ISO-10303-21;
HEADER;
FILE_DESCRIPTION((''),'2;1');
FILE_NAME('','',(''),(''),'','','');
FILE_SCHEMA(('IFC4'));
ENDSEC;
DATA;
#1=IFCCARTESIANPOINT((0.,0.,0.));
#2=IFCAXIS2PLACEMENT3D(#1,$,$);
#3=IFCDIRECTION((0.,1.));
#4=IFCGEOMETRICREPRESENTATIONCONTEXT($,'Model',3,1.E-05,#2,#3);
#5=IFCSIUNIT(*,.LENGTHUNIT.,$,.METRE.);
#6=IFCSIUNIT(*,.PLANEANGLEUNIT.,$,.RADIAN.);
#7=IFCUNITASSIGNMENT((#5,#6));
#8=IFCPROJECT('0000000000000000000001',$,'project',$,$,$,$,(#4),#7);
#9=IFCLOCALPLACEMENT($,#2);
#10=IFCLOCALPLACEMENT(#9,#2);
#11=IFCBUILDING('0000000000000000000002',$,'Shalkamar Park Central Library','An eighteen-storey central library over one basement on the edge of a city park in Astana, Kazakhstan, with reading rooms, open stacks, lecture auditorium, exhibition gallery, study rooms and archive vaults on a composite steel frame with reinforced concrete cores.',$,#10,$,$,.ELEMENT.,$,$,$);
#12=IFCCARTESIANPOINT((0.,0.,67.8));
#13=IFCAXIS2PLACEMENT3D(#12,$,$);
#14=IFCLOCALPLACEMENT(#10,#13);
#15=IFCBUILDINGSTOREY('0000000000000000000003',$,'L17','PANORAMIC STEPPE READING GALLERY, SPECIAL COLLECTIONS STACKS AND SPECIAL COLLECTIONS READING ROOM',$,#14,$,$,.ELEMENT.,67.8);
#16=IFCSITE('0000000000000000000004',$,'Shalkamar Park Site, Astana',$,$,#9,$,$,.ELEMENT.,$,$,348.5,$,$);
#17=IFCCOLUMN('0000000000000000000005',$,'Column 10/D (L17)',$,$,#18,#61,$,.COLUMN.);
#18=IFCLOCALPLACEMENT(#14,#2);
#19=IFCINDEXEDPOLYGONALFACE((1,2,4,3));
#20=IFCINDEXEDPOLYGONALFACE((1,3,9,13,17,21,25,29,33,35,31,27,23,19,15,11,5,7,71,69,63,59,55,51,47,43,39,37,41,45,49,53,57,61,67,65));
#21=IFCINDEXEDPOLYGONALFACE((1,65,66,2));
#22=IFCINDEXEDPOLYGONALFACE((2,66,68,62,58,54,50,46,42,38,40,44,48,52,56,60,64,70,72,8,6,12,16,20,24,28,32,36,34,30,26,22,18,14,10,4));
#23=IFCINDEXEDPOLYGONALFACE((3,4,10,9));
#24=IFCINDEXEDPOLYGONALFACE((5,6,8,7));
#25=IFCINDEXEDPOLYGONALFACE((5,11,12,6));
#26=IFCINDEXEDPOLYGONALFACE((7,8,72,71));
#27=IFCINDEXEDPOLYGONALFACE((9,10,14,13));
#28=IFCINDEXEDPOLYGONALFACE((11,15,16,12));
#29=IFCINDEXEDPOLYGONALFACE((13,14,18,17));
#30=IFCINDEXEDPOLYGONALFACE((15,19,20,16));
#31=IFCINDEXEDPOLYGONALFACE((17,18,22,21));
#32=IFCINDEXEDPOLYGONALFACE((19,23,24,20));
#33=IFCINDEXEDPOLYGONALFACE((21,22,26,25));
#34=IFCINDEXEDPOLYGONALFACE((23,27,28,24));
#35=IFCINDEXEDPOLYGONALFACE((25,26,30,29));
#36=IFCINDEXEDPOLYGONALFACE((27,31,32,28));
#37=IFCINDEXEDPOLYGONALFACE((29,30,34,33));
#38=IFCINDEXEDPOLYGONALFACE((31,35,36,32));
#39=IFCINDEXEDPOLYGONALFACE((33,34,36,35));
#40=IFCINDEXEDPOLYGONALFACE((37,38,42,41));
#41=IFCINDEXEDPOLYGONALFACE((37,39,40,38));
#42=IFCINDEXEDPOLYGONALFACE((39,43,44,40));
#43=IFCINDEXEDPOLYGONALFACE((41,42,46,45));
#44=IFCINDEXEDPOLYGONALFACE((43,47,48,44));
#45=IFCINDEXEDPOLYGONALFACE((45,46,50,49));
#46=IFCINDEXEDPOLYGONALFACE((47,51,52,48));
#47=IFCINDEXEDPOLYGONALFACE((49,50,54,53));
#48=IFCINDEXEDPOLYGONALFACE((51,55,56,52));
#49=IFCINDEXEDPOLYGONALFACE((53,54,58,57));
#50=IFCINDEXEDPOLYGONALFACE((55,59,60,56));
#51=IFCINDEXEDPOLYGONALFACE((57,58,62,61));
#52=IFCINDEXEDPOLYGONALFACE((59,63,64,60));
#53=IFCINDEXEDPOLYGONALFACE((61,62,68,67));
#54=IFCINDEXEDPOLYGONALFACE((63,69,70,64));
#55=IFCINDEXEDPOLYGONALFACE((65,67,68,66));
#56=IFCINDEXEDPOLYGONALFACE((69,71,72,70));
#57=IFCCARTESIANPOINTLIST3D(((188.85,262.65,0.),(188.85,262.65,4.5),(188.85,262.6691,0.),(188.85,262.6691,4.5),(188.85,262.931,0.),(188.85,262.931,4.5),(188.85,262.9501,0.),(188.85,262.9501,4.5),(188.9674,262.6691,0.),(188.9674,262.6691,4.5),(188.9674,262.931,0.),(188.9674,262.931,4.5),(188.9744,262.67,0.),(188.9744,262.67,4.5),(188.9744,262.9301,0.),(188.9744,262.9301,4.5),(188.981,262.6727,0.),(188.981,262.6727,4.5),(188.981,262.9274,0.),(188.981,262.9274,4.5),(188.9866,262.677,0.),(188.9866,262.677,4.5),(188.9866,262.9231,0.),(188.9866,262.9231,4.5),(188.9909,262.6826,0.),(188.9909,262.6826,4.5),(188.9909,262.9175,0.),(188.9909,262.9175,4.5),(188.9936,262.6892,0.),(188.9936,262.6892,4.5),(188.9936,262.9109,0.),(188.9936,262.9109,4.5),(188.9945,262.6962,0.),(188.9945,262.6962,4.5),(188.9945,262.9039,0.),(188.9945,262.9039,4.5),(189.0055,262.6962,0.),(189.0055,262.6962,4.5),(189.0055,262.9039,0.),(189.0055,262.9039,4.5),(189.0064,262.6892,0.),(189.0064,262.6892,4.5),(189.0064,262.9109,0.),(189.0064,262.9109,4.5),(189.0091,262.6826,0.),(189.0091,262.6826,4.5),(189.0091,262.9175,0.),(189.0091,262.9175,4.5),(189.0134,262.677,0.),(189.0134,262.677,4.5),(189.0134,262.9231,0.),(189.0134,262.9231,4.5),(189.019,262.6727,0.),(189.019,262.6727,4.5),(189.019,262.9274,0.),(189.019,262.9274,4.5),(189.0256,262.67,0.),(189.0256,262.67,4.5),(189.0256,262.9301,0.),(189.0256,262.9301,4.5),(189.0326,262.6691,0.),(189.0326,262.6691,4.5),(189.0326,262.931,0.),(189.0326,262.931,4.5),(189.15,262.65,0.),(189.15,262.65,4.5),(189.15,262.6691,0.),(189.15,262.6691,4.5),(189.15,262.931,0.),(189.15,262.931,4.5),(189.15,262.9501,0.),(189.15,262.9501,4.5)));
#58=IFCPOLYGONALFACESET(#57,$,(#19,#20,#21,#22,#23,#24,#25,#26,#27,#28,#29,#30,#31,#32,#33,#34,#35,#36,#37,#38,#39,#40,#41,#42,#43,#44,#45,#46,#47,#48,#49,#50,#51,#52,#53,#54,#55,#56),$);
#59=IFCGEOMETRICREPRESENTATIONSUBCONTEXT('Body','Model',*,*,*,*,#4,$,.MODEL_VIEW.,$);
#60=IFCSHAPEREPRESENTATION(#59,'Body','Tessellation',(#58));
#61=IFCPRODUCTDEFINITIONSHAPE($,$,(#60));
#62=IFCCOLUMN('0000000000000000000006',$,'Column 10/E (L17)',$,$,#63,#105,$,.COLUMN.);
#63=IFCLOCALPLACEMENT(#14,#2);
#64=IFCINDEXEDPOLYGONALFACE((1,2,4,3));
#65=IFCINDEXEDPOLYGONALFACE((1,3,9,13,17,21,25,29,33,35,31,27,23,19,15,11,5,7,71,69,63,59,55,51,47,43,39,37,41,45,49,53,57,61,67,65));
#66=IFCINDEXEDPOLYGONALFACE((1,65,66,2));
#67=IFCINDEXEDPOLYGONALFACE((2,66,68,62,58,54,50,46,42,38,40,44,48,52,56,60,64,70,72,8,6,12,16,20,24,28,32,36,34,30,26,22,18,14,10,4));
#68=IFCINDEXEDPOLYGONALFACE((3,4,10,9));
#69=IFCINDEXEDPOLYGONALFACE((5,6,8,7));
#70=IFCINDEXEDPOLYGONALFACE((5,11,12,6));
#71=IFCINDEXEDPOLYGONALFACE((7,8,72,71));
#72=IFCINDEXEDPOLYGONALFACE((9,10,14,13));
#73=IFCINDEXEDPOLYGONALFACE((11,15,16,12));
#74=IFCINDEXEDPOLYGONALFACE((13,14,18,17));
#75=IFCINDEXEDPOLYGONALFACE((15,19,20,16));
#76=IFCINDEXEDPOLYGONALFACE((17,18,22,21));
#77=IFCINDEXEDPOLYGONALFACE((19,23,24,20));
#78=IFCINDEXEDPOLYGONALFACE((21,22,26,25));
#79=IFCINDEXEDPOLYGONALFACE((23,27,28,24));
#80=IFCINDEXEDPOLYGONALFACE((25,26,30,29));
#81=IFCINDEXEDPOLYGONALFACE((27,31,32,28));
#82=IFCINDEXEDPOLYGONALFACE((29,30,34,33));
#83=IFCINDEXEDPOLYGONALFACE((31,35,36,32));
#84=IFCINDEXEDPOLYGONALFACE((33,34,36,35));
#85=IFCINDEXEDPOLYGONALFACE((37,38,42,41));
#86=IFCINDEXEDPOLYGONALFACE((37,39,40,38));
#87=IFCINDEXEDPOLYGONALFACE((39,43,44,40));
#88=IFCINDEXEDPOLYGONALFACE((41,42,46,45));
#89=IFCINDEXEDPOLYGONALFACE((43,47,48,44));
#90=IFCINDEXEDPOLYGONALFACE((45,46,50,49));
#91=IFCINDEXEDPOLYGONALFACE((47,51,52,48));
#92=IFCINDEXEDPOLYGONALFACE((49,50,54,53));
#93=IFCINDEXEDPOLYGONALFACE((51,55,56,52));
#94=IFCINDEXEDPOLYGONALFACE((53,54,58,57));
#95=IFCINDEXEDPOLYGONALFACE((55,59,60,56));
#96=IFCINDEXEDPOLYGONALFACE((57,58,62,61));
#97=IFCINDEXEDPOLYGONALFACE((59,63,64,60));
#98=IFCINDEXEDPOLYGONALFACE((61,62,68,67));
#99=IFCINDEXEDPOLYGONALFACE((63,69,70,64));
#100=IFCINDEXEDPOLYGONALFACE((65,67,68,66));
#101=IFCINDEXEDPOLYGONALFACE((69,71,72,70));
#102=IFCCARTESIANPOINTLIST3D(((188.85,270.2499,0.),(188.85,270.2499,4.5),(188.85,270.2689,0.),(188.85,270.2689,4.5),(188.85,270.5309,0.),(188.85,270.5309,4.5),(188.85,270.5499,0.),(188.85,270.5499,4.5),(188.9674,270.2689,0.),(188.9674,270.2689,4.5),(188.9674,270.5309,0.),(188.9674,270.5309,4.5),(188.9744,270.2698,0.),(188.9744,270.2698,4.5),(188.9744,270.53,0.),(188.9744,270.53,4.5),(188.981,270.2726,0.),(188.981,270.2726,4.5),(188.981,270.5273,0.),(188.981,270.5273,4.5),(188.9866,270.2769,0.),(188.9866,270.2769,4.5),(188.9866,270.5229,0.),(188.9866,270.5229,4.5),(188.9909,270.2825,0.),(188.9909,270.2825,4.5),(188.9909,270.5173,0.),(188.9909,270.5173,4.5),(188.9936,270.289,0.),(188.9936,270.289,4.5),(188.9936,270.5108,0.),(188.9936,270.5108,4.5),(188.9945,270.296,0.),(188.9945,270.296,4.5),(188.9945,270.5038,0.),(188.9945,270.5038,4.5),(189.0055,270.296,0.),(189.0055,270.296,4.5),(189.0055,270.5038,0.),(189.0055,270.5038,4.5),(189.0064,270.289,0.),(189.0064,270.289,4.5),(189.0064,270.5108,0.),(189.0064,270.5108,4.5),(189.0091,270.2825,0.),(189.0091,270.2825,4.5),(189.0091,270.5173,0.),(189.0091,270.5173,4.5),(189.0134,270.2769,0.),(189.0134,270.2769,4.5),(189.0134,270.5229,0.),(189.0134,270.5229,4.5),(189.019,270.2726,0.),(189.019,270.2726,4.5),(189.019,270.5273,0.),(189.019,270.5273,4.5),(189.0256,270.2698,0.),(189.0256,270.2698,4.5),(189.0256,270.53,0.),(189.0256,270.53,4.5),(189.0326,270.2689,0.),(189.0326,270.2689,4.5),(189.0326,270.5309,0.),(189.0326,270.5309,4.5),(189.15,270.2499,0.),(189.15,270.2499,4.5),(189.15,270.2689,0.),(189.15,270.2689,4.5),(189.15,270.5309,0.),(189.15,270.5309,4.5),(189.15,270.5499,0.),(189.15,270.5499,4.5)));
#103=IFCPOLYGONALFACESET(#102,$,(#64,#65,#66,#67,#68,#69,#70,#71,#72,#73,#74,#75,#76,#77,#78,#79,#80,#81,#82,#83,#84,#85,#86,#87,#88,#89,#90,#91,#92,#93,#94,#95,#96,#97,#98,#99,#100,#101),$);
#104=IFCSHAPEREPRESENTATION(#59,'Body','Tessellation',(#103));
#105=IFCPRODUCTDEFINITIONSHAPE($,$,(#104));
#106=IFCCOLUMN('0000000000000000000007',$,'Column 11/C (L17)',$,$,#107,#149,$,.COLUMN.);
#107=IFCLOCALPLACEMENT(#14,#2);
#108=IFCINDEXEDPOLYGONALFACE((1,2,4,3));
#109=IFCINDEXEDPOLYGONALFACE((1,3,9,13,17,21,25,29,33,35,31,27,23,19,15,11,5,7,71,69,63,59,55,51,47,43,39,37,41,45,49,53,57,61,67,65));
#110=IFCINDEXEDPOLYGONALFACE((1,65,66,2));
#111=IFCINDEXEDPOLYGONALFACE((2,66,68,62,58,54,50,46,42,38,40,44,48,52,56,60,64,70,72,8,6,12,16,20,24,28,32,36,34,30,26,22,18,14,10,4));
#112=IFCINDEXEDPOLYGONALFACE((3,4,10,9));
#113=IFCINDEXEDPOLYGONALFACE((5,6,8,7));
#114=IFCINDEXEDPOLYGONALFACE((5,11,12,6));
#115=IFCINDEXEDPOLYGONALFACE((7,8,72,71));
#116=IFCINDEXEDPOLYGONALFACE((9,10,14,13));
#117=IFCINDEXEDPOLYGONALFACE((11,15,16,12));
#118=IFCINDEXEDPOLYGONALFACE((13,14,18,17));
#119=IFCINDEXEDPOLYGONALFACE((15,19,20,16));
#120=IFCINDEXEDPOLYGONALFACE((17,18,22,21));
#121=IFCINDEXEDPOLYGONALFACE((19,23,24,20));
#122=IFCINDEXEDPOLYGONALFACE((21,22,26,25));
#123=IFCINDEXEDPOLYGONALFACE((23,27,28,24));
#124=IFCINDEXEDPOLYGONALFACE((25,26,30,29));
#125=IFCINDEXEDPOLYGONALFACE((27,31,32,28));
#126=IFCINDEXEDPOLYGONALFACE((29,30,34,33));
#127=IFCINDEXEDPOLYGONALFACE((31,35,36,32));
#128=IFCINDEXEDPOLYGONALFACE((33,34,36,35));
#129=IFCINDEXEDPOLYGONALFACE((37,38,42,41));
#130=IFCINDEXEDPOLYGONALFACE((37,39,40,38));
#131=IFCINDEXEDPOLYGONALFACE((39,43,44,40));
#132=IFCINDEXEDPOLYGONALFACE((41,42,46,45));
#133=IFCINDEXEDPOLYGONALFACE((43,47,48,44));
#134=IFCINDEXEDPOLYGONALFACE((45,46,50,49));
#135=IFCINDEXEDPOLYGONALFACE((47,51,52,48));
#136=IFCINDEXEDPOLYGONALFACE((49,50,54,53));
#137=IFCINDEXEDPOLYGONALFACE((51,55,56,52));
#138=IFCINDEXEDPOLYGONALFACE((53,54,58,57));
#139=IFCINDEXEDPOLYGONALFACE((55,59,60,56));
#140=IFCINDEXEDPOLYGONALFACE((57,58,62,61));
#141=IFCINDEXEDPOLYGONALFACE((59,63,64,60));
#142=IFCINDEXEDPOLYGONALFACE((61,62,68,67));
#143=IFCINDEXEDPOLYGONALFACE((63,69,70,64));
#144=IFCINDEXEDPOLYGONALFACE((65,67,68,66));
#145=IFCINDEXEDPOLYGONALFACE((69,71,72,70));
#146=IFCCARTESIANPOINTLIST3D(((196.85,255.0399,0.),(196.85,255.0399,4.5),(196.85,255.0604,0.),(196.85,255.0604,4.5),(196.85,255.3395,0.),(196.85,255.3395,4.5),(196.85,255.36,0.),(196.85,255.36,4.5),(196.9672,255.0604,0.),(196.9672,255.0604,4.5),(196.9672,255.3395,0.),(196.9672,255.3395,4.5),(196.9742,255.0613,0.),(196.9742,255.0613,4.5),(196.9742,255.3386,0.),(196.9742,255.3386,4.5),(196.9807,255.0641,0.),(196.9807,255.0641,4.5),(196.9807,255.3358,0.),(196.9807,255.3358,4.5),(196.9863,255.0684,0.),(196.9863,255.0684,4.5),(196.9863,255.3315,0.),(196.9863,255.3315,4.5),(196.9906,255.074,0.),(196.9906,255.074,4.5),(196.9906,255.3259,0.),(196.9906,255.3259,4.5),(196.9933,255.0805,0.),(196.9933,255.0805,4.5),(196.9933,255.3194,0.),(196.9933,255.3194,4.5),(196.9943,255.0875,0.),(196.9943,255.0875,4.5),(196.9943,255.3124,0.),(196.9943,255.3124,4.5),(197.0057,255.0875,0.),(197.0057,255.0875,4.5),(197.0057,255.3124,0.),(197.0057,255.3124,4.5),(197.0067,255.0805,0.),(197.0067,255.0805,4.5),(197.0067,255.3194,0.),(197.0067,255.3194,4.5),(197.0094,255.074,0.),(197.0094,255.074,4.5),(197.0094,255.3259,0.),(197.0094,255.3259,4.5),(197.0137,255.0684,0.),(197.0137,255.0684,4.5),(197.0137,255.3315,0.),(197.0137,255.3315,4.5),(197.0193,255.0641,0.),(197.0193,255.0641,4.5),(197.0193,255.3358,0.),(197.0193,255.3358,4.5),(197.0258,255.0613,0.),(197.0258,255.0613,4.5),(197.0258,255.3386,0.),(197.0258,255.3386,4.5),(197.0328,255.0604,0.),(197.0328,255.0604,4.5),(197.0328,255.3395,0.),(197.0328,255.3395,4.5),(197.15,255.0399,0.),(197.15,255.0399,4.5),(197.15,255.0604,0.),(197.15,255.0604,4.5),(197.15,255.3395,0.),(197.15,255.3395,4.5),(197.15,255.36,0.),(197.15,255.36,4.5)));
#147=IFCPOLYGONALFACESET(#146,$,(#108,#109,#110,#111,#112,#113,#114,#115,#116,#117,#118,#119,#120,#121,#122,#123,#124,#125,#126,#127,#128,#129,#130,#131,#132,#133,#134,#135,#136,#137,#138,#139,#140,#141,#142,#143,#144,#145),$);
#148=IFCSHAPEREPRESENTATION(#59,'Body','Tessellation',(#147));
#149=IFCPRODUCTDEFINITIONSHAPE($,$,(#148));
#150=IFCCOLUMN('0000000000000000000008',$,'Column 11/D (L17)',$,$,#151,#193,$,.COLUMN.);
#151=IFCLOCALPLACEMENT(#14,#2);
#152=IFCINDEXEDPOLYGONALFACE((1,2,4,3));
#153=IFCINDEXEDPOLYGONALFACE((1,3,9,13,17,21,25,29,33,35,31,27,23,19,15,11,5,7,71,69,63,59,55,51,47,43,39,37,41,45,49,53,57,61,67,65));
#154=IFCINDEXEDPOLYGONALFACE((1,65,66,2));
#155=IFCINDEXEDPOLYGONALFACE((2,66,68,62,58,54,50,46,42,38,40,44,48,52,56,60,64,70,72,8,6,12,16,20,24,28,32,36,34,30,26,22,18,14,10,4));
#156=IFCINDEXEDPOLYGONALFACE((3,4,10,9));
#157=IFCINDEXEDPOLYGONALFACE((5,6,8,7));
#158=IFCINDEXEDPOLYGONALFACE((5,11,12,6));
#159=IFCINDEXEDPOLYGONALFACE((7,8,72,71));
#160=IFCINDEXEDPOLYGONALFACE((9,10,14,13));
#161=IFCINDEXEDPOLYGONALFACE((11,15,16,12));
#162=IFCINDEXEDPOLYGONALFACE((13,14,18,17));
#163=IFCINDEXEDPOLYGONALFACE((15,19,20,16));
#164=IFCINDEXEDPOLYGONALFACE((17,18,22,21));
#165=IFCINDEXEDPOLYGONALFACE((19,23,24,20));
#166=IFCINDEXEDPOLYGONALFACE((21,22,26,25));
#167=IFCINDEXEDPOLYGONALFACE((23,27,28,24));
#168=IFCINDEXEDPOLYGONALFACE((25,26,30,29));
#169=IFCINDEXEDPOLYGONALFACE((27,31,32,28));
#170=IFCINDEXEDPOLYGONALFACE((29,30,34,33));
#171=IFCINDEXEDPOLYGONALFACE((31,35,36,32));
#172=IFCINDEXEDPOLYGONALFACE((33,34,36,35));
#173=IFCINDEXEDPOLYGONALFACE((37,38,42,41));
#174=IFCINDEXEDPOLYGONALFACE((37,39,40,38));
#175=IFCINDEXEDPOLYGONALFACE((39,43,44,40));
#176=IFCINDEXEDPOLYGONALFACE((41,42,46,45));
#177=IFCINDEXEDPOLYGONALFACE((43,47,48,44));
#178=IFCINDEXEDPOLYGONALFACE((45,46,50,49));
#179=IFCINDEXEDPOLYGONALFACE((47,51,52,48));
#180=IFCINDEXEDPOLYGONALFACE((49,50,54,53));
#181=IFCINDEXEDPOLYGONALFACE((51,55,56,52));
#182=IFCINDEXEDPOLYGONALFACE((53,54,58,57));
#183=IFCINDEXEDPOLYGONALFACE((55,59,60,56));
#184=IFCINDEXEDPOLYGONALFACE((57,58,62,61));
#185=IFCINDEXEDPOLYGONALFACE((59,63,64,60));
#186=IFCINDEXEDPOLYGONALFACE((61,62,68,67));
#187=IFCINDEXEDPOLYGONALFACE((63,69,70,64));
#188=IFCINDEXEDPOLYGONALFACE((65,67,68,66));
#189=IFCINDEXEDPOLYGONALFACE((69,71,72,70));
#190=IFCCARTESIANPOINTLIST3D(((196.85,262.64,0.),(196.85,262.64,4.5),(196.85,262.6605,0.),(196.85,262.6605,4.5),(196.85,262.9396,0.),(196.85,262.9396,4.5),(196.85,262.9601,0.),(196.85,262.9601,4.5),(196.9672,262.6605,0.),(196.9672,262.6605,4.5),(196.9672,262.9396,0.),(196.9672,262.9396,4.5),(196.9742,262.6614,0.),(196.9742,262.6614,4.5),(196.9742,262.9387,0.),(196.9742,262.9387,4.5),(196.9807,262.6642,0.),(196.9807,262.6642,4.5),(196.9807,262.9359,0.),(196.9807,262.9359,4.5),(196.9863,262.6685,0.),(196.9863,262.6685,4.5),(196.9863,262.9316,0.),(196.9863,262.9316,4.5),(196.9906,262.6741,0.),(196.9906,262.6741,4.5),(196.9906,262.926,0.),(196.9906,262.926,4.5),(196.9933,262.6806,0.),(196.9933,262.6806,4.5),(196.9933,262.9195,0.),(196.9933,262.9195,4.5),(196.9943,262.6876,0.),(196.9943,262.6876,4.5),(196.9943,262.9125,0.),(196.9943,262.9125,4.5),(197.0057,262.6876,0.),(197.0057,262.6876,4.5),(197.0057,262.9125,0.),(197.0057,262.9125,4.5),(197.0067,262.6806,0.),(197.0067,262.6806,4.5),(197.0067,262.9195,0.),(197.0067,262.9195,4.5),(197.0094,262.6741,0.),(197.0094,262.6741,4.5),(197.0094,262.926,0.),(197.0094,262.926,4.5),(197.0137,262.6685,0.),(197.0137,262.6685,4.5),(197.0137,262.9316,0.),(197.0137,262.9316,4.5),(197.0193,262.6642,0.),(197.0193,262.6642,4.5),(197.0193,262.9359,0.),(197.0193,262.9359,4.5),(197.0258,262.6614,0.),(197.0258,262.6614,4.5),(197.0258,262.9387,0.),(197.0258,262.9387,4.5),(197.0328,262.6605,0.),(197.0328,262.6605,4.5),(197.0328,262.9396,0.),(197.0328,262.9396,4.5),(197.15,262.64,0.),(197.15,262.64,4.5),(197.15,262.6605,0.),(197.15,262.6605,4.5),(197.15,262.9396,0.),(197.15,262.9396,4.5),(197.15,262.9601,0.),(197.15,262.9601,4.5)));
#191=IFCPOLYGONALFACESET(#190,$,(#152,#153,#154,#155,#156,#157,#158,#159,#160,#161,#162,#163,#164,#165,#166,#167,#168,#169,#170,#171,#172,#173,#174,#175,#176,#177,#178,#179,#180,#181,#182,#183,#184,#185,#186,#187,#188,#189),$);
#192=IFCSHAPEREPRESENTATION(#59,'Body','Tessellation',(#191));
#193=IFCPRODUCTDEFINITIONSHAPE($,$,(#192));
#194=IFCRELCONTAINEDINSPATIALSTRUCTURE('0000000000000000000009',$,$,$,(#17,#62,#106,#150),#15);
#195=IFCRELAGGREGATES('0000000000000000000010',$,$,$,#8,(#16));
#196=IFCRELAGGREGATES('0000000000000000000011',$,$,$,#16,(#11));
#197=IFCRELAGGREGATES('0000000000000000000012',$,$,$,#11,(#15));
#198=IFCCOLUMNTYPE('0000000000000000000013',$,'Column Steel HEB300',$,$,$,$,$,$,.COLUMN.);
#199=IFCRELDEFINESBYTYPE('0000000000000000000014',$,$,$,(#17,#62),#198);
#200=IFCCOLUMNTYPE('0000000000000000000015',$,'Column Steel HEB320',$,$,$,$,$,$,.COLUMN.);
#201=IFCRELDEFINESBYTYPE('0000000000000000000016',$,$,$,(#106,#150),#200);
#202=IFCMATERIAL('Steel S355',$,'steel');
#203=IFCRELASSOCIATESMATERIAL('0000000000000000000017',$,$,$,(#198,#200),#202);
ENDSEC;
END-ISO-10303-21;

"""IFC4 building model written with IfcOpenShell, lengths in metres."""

from ifc_helpers import new_model, si_unit, direction, frame, origin, origin_2d, place, context, subcontext, project, spatial, i_section, extrude, material, material_profile, profile_set, type_object, element, save


model = new_model("IFC4")

# Units and contexts
model_context = context("Model", 3, precision=1e-05, world=origin(), true_north=direction((0.0, 1.0)))
body_context = subcontext(model_context, "Body", "Model", "MODEL_VIEW")
ifc_project = project(units=[si_unit("LENGTHUNIT", "METRE"), si_unit("PLANEANGLEUNIT", "RADIAN")], contexts=[model_context])

# Site, building, storey
site_placement = place(None, origin())
site = spatial("IfcSite", under=ifc_project, at=site_placement, Name="Shalkamar Park Site, Astana", CompositionType="ELEMENT", RefElevation=348.5)
building_placement = place(site_placement, origin())
building = spatial("IfcBuilding", under=site, at=building_placement, Name="Shalkamar Park Central Library", Description="An eighteen-storey central library over one basement on the edge of a city park in Astana, Kazakhstan, with reading rooms, open stacks, lecture auditorium, exhibition gallery, study rooms and archive vaults on a composite steel frame with reinforced concrete cores.", CompositionType="ELEMENT")
storey_placement = place(building_placement, frame((0.0, 0.0, 67.8)))
storey = spatial("IfcBuildingStorey", under=building, at=storey_placement, Name="L17", Description="PANORAMIC STEPPE READING GALLERY, SPECIAL COLLECTIONS STACKS AND SPECIAL COLLECTIONS READING ROOM", CompositionType="ELEMENT", Elevation=67.8)

# Columns
ifc_material_1 = material(Name="Steel S355", Category="steel")
ifc_material_profile_1 = material_profile(ifc_material_1, i_section(OverallWidth=0.3, OverallDepth=0.3, WebThickness=0.011, FlangeThickness=0.019, FilletRadius=0.0271, at=origin_2d()), Name="HEB 300")
ifc_profile_set_1 = profile_set([ifc_material_profile_1], Name="Steel S355")
column_type_1 = type_object("IfcColumnType", Name="Column Steel HEB300", PredefinedType="COLUMN", material=ifc_profile_set_1)
for number, where, z_axis, x_axis, name in (
    (1, (189.0, 262.8, 0.0), (0.0, 0.0, 1.0), (1.0, 0.0, 0.0), "Column 10/D (L17)"),
    (2, (189.0, 270.3999, 0.0), (0.0, 0.0, 1.0), (1.0, 0.0, 0.0), "Column 10/E (L17)"),
):
    element("IfcColumn", number, at=place(storey_placement, frame(where, z_axis=z_axis, x_axis=x_axis)), inside=storey, type_object=column_type_1, Name=name, PredefinedType="COLUMN", context=body_context, shape_type="SweptSolid", body=[
        extrude(i_section(OverallWidth=0.3, OverallDepth=0.3, WebThickness=0.011, FlangeThickness=0.019, FilletRadius=0.0271, at=origin_2d()), origin(), (0.0, 0.0, 1.0), 4.5),
    ])
ifc_material_profile_2 = material_profile(ifc_material_1, i_section(OverallWidth=0.3, OverallDepth=0.3201, WebThickness=0.0115, FlangeThickness=0.0205, FilletRadius=0.0271, at=origin_2d()), Name="HEB 320")
ifc_profile_set_2 = profile_set([ifc_material_profile_2], Name="Steel S355")
column_type_2 = type_object("IfcColumnType", Name="Column Steel HEB320", PredefinedType="COLUMN", material=ifc_profile_set_2)
for number, where, z_axis, x_axis, name in (
    (3, (197.0, 255.2, 0.0), (0.0, 0.0, 1.0), (1.0, 0.0, 0.0), "Column 11/C (L17)"),
    (4, (197.0, 262.8, 0.0), (0.0, 0.0, 1.0), (1.0, 0.0, 0.0), "Column 11/D (L17)"),
):
    element("IfcColumn", number, at=place(storey_placement, frame(where, z_axis=z_axis, x_axis=x_axis)), inside=storey, type_object=column_type_2, Name=name, PredefinedType="COLUMN", context=body_context, shape_type="SweptSolid", body=[
        extrude(i_section(OverallWidth=0.3, OverallDepth=0.3201, WebThickness=0.0115, FlangeThickness=0.0205, FilletRadius=0.0271, at=origin_2d()), origin(), (0.0, 0.0, 1.0), 4.5),
    ])

save(model, "model.ifc")
